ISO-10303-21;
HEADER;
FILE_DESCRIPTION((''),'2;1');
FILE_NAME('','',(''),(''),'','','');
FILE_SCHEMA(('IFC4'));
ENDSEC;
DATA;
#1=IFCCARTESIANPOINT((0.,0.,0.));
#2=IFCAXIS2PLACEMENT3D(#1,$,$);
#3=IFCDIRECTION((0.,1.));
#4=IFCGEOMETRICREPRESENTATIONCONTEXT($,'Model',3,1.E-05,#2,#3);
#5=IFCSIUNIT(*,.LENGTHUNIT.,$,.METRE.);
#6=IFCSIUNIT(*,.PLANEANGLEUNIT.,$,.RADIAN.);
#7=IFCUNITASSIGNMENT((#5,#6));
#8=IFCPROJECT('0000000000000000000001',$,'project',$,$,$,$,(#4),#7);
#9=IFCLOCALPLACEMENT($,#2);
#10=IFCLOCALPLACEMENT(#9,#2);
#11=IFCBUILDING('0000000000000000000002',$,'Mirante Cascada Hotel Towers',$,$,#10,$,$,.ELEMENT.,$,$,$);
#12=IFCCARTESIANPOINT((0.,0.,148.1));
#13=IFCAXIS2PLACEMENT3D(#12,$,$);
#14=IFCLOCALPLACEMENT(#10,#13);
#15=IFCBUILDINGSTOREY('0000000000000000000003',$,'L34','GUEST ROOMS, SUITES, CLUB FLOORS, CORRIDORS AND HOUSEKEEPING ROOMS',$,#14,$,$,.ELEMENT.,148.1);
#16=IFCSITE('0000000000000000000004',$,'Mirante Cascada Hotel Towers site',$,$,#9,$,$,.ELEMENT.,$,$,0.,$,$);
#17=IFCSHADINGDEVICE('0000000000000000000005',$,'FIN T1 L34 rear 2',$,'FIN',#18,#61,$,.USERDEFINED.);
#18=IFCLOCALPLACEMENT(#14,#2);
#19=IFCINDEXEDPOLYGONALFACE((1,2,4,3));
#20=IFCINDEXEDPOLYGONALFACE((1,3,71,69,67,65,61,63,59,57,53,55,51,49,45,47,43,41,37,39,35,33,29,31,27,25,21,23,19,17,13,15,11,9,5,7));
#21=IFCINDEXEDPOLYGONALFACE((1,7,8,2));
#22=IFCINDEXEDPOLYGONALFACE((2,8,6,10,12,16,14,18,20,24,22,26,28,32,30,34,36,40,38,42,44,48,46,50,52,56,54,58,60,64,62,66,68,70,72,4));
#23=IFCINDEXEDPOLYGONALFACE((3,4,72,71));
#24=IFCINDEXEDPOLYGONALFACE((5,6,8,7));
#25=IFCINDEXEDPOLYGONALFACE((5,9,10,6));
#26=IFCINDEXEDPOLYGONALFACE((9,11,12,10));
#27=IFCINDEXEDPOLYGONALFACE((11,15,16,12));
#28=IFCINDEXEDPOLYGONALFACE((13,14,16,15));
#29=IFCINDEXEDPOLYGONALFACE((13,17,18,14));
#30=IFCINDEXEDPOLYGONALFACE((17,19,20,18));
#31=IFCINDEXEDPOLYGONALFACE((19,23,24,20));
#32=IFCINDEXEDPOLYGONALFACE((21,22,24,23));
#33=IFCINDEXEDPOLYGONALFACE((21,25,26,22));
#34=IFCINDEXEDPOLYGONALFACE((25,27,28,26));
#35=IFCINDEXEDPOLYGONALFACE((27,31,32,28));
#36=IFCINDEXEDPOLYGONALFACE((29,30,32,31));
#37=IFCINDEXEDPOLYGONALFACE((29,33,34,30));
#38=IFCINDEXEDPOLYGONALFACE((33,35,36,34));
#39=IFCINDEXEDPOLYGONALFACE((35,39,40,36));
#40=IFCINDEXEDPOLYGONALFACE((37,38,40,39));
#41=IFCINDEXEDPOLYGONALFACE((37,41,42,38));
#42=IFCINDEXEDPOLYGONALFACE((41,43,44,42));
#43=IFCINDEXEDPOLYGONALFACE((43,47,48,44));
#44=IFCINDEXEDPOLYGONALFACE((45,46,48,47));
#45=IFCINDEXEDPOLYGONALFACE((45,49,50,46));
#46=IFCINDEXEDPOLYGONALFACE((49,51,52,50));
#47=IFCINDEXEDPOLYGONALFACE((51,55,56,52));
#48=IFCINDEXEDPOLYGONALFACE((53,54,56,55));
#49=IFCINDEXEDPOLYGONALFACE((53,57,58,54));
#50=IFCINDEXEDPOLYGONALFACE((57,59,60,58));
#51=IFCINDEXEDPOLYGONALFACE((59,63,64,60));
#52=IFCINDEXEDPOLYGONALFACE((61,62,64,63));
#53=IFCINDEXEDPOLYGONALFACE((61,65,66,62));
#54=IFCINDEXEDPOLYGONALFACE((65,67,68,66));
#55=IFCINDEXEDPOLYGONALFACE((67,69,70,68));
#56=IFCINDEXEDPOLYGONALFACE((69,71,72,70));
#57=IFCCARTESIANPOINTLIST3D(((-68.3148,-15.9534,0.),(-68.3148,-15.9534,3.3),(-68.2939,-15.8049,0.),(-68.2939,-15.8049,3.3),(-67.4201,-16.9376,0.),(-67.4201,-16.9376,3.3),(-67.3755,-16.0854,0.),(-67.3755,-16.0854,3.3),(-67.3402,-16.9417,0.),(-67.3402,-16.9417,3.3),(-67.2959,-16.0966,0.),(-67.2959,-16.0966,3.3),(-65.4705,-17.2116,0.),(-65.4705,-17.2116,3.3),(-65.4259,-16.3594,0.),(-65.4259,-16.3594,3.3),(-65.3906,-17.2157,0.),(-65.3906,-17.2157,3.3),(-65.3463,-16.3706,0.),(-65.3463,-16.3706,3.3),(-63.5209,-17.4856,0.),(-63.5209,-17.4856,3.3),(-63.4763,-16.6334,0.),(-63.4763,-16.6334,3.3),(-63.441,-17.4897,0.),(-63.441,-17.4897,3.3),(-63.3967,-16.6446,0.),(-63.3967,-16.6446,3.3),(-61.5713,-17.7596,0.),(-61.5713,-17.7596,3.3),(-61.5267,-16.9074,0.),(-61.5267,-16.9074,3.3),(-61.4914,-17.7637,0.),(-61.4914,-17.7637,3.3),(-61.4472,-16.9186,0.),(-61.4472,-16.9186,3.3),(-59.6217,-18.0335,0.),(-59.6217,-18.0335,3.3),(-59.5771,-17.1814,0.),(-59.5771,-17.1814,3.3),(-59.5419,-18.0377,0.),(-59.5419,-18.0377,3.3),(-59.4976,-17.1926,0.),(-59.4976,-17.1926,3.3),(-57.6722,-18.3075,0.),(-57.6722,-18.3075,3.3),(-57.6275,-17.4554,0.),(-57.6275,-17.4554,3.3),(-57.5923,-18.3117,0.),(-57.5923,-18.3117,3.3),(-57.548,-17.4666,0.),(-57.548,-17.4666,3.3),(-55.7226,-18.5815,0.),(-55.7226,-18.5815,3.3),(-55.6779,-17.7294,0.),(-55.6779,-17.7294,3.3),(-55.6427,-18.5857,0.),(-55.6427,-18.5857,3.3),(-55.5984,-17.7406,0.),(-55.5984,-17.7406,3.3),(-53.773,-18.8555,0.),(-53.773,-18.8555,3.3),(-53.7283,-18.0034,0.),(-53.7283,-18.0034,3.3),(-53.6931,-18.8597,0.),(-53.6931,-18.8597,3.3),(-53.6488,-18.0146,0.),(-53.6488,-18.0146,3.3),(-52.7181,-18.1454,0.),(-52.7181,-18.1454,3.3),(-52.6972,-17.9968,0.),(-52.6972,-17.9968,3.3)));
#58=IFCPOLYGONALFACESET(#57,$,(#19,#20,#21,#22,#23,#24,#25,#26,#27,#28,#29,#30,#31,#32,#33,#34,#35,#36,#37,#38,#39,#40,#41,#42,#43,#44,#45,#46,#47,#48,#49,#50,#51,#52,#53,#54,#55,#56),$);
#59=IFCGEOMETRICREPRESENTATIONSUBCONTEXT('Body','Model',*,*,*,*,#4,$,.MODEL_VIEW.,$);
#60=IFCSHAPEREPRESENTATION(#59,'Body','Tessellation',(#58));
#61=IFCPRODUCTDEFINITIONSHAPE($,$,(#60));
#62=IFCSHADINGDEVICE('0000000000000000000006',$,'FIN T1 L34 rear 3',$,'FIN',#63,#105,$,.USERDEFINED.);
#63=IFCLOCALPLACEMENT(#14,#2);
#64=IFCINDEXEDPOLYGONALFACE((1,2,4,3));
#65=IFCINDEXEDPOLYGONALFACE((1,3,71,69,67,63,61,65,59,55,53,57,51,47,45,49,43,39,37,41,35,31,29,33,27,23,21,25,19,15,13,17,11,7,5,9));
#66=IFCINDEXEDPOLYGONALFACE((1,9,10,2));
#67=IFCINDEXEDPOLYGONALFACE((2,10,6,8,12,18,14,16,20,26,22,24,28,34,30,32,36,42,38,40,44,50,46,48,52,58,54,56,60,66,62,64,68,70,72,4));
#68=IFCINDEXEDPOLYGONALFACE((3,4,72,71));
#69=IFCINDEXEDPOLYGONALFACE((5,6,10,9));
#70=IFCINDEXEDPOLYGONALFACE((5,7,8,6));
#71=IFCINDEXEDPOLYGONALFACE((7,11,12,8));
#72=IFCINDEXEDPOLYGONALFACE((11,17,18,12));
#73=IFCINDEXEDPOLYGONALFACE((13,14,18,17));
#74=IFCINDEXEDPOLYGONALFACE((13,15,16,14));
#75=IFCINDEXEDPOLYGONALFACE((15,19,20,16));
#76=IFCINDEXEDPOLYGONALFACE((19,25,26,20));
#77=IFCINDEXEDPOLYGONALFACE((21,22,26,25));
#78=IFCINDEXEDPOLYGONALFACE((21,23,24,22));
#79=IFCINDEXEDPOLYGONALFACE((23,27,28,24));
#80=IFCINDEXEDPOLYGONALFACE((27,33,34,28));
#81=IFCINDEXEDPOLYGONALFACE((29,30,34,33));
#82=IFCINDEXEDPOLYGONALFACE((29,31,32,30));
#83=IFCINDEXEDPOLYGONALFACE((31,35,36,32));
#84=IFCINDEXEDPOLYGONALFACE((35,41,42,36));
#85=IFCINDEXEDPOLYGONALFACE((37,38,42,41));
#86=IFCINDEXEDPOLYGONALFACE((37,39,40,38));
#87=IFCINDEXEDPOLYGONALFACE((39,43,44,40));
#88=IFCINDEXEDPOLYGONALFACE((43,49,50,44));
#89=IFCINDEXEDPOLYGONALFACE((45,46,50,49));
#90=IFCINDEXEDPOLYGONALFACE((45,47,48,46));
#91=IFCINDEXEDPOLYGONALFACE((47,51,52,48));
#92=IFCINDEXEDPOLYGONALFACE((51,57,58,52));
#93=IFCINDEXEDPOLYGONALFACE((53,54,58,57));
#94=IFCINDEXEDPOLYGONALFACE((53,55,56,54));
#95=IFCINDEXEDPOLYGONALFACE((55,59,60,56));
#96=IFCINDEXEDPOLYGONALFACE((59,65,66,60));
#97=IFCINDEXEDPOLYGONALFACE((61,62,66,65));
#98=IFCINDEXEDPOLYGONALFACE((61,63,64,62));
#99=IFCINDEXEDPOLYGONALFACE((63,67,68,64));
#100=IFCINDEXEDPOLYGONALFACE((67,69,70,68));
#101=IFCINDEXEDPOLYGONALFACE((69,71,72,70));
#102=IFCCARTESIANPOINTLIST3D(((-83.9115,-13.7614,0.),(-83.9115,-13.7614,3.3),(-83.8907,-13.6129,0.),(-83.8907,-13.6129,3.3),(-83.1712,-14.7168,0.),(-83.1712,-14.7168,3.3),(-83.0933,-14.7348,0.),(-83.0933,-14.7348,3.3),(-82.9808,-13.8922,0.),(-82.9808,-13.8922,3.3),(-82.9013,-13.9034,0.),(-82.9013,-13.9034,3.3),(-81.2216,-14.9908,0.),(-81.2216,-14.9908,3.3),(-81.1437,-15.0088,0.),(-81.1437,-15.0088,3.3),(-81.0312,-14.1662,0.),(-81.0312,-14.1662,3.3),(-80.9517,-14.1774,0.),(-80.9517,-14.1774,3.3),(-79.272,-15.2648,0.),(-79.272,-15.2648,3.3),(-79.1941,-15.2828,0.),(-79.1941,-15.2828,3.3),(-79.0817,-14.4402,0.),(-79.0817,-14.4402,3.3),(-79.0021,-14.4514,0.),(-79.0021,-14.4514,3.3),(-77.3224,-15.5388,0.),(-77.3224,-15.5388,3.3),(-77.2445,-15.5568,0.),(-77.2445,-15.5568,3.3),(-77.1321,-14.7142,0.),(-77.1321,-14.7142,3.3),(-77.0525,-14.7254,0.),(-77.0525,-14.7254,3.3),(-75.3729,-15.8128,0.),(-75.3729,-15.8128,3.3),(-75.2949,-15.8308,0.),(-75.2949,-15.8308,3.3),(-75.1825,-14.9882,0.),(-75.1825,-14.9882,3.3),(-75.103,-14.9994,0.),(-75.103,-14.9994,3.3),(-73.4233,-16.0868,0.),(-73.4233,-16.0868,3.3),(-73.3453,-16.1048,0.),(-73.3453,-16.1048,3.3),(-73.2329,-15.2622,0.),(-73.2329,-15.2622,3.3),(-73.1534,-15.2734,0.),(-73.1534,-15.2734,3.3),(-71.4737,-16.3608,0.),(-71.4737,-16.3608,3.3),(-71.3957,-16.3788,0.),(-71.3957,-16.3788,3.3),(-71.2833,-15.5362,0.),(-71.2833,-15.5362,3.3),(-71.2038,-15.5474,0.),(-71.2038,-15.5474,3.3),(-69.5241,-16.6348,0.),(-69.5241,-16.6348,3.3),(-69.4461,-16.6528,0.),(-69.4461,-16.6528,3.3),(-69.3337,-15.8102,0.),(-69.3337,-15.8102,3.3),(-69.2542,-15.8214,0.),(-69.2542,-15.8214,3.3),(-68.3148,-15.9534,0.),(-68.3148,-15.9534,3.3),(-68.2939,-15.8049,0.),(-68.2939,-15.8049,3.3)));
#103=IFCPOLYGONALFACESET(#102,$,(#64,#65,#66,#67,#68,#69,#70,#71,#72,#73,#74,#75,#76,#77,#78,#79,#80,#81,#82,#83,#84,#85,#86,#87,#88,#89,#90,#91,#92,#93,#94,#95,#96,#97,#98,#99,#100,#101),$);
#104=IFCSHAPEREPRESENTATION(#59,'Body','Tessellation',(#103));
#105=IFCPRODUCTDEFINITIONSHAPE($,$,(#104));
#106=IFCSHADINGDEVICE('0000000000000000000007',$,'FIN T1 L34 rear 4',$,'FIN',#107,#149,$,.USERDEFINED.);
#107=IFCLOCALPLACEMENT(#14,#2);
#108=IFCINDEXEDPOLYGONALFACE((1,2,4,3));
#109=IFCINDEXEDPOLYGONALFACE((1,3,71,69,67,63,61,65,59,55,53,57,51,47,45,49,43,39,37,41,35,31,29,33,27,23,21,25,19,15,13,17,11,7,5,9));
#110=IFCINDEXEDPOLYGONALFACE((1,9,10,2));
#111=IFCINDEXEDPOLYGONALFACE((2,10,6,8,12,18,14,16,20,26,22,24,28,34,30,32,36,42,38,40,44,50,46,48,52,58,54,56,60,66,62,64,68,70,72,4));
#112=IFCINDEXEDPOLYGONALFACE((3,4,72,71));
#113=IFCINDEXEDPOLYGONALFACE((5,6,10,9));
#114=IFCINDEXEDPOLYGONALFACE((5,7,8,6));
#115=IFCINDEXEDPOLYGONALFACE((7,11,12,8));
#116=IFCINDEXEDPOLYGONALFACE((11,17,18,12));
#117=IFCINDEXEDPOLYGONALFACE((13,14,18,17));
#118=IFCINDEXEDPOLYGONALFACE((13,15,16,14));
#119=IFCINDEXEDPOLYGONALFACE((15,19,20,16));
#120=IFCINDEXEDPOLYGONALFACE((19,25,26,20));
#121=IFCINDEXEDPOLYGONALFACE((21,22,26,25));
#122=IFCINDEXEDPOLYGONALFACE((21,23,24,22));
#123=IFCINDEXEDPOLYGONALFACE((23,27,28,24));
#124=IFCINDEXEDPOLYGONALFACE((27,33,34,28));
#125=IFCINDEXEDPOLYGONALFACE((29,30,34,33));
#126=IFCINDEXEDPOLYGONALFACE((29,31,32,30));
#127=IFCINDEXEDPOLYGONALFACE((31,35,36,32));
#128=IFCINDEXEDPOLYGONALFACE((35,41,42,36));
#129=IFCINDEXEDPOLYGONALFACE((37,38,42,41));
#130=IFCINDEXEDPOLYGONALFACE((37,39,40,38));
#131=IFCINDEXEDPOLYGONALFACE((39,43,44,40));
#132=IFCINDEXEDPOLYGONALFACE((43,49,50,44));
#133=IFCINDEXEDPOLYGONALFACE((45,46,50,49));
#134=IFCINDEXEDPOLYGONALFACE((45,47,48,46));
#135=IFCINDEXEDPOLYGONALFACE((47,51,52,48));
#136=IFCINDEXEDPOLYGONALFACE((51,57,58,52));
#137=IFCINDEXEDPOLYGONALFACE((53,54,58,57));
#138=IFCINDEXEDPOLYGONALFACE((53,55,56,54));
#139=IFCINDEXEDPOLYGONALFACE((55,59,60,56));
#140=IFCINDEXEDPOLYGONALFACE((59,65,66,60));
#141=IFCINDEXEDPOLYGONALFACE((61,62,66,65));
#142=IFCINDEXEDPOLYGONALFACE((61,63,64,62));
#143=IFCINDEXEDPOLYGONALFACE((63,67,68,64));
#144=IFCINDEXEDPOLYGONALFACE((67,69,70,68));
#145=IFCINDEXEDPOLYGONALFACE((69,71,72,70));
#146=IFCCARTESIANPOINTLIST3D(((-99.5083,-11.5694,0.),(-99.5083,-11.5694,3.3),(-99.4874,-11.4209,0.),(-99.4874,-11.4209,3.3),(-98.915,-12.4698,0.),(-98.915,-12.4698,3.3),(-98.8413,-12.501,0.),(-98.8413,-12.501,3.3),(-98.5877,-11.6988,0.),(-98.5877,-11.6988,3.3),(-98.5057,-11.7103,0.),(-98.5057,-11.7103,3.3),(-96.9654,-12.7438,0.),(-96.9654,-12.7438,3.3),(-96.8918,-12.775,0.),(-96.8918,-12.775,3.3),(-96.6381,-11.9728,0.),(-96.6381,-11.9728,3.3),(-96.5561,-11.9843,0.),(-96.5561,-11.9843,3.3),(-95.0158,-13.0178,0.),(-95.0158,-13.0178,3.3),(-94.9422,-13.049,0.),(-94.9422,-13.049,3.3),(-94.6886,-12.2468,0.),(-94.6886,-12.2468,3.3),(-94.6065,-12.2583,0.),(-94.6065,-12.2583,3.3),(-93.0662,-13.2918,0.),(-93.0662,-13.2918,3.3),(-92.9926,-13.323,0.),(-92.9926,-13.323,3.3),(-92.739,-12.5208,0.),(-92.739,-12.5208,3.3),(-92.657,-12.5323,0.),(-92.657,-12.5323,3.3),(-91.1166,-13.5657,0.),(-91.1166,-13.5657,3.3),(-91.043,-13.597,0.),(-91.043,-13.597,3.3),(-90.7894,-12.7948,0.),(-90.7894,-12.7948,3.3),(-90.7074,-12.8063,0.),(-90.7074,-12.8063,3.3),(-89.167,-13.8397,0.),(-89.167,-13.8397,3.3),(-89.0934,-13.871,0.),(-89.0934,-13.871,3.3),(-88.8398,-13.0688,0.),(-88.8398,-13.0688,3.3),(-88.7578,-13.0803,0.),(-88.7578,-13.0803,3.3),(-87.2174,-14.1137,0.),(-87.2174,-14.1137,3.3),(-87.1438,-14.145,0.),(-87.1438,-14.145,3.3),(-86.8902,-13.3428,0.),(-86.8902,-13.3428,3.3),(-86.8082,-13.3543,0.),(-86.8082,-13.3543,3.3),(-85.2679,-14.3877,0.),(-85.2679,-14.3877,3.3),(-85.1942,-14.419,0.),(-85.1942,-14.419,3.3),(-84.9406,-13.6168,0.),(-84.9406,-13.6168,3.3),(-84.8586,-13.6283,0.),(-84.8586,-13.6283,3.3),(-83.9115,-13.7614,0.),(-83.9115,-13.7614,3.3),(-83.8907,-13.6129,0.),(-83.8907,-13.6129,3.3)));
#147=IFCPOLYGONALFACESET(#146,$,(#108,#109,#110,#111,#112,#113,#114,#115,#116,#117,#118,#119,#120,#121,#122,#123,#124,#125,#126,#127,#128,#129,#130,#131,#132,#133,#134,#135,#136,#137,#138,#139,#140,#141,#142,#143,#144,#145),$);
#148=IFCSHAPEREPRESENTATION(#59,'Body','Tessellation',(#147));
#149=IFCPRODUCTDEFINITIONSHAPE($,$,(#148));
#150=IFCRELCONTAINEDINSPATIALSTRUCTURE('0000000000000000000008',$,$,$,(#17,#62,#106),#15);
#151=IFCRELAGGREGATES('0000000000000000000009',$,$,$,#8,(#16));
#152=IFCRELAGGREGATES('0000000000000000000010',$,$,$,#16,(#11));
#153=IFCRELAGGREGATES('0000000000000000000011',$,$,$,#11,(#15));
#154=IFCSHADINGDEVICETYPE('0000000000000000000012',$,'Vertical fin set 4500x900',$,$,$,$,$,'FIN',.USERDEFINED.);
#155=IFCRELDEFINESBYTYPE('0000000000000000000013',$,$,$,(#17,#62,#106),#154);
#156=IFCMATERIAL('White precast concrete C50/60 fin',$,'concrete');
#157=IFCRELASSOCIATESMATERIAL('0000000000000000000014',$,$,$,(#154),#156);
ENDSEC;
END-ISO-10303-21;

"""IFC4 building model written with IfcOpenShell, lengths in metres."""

from ifc_helpers import new_model, si_unit, direction, frame, origin, place, context, subcontext, project, spatial, polyline, outline, extrude, material, type_object, element, save


model = new_model("IFC4")

# Units and contexts
model_context = context("Model", 3, precision=1e-05, world=origin(), true_north=direction((0.0, 1.0)))
body_context = subcontext(model_context, "Body", "Model", "MODEL_VIEW")
ifc_project = project(units=[si_unit("LENGTHUNIT", "METRE"), si_unit("PLANEANGLEUNIT", "RADIAN")], contexts=[model_context])

# Site, building, storey
site_placement = place(None, origin())
site = spatial("IfcSite", under=ifc_project, at=site_placement, Name="Mirante Cascada Hotel Towers site", CompositionType="ELEMENT", RefElevation=0.0)
building_placement = place(site_placement, origin())
building = spatial("IfcBuilding", under=site, at=building_placement, Name="Mirante Cascada Hotel Towers", CompositionType="ELEMENT")
storey_placement = place(building_placement, frame((0.0, 0.0, 148.1)))
storey = spatial("IfcBuildingStorey", under=building, at=storey_placement, Name="L34", Description="GUEST ROOMS, SUITES, CLUB FLOORS, CORRIDORS AND HOUSEKEEPING ROOMS", CompositionType="ELEMENT", Elevation=148.1)

# Shading devices
ifc_material_1 = material(Name="White precast concrete C50/60 fin", Category="concrete")
shading_device_type = type_object("IfcShadingDeviceType", Name="Vertical fin set 4500x900", ElementType="FIN", PredefinedType="USERDEFINED", material=ifc_material_1)
shading_device_1_placement = place(storey_placement, origin())
element("IfcShadingDevice", 1, at=shading_device_1_placement, inside=storey, type_object=shading_device_type, Name="FIN T1 L34 rear 2", ObjectType="FIN", PredefinedType="USERDEFINED", context=body_context, shape_type="SweptSolid", body=[
    extrude(outline(polyline([(-53.7283, -18.0034), (-55.5984, -17.7406), (-55.6427, -18.5857), (-55.7226, -18.5815), (-55.6779, -17.7294), (-57.548, -17.4666), (-57.5923, -18.3117), (-57.6722, -18.3075), (-57.6275, -17.4554), (-59.4976, -17.1926), (-59.5419, -18.0377), (-59.6217, -18.0335), (-59.5771, -17.1814), (-61.4472, -16.9186), (-61.4914, -17.7637), (-61.5713, -17.7596), (-61.5267, -16.9074), (-63.3967, -16.6446), (-63.441, -17.4897), (-63.5209, -17.4856), (-63.4763, -16.6334), (-65.3463, -16.3706), (-65.3906, -17.2157), (-65.4705, -17.2116), (-65.4259, -16.3594), (-67.2959, -16.0966), (-67.3402, -16.9417), (-67.4201, -16.9376), (-67.3755, -16.0854), (-68.3148, -15.9534), (-68.2939, -15.8049), (-52.6972, -17.9968), (-52.7181, -18.1454), (-53.6488, -18.0146), (-53.6931, -18.8597), (-53.773, -18.8555), (-53.7283, -18.0034)])), origin(), (0.0, 0.0, 1.0), 3.3),
])
shading_device_2_placement = place(storey_placement, origin())
element("IfcShadingDevice", 2, at=shading_device_2_placement, inside=storey, type_object=shading_device_type, Name="FIN T1 L34 rear 3", ObjectType="FIN", PredefinedType="USERDEFINED", context=body_context, shape_type="SweptSolid", body=[
    extrude(outline(polyline([(-69.3337, -15.8102), (-71.2038, -15.5474), (-71.3957, -16.3788), (-71.4737, -16.3608), (-71.2833, -15.5362), (-73.1534, -15.2734), (-73.3453, -16.1048), (-73.4233, -16.0868), (-73.2329, -15.2622), (-75.103, -14.9994), (-75.2949, -15.8308), (-75.3729, -15.8128), (-75.1825, -14.9882), (-77.0525, -14.7254), (-77.2445, -15.5568), (-77.3224, -15.5388), (-77.1321, -14.7142), (-79.0021, -14.4514), (-79.1941, -15.2828), (-79.272, -15.2648), (-79.0817, -14.4402), (-80.9517, -14.1774), (-81.1437, -15.0088), (-81.2216, -14.9908), (-81.0312, -14.1662), (-82.9013, -13.9034), (-83.0933, -14.7348), (-83.1712, -14.7168), (-82.9808, -13.8922), (-83.9115, -13.7614), (-83.8907, -13.6129), (-68.2939, -15.8049), (-68.3148, -15.9534), (-69.2542, -15.8214), (-69.4461, -16.6528), (-69.5241, -16.6348), (-69.3337, -15.8102)])), origin(), (0.0, 0.0, 1.0), 3.3),
])
shading_device_3_placement = place(storey_placement, origin())
element("IfcShadingDevice", 3, at=shading_device_3_placement, inside=storey, type_object=shading_device_type, Name="FIN T1 L34 rear 4", ObjectType="FIN", PredefinedType="USERDEFINED", context=body_context, shape_type="SweptSolid", body=[
    extrude(outline(polyline([(-84.9406, -13.6168), (-86.8082, -13.3543), (-87.1438, -14.145), (-87.2174, -14.1137), (-86.8902, -13.3428), (-88.7578, -13.0803), (-89.0934, -13.871), (-89.167, -13.8397), (-88.8398, -13.0688), (-90.7074, -12.8063), (-91.043, -13.597), (-91.1166, -13.5657), (-90.7894, -12.7948), (-92.657, -12.5323), (-92.9926, -13.323), (-93.0662, -13.2918), (-92.739, -12.5208), (-94.6065, -12.2583), (-94.9422, -13.049), (-95.0158, -13.0178), (-94.6886, -12.2468), (-96.5561, -11.9843), (-96.8918, -12.775), (-96.9654, -12.7438), (-96.6381, -11.9728), (-98.5057, -11.7103), (-98.8413, -12.501), (-98.915, -12.4698), (-98.5877, -11.6988), (-99.5083, -11.5694), (-99.4874, -11.4209), (-83.8907, -13.6129), (-83.9115, -13.7614), (-84.8586, -13.6283), (-85.1942, -14.419), (-85.2679, -14.3877), (-84.9406, -13.6168)])), origin(), (0.0, 0.0, 1.0), 3.3),
])

save(model, "model.ifc")
